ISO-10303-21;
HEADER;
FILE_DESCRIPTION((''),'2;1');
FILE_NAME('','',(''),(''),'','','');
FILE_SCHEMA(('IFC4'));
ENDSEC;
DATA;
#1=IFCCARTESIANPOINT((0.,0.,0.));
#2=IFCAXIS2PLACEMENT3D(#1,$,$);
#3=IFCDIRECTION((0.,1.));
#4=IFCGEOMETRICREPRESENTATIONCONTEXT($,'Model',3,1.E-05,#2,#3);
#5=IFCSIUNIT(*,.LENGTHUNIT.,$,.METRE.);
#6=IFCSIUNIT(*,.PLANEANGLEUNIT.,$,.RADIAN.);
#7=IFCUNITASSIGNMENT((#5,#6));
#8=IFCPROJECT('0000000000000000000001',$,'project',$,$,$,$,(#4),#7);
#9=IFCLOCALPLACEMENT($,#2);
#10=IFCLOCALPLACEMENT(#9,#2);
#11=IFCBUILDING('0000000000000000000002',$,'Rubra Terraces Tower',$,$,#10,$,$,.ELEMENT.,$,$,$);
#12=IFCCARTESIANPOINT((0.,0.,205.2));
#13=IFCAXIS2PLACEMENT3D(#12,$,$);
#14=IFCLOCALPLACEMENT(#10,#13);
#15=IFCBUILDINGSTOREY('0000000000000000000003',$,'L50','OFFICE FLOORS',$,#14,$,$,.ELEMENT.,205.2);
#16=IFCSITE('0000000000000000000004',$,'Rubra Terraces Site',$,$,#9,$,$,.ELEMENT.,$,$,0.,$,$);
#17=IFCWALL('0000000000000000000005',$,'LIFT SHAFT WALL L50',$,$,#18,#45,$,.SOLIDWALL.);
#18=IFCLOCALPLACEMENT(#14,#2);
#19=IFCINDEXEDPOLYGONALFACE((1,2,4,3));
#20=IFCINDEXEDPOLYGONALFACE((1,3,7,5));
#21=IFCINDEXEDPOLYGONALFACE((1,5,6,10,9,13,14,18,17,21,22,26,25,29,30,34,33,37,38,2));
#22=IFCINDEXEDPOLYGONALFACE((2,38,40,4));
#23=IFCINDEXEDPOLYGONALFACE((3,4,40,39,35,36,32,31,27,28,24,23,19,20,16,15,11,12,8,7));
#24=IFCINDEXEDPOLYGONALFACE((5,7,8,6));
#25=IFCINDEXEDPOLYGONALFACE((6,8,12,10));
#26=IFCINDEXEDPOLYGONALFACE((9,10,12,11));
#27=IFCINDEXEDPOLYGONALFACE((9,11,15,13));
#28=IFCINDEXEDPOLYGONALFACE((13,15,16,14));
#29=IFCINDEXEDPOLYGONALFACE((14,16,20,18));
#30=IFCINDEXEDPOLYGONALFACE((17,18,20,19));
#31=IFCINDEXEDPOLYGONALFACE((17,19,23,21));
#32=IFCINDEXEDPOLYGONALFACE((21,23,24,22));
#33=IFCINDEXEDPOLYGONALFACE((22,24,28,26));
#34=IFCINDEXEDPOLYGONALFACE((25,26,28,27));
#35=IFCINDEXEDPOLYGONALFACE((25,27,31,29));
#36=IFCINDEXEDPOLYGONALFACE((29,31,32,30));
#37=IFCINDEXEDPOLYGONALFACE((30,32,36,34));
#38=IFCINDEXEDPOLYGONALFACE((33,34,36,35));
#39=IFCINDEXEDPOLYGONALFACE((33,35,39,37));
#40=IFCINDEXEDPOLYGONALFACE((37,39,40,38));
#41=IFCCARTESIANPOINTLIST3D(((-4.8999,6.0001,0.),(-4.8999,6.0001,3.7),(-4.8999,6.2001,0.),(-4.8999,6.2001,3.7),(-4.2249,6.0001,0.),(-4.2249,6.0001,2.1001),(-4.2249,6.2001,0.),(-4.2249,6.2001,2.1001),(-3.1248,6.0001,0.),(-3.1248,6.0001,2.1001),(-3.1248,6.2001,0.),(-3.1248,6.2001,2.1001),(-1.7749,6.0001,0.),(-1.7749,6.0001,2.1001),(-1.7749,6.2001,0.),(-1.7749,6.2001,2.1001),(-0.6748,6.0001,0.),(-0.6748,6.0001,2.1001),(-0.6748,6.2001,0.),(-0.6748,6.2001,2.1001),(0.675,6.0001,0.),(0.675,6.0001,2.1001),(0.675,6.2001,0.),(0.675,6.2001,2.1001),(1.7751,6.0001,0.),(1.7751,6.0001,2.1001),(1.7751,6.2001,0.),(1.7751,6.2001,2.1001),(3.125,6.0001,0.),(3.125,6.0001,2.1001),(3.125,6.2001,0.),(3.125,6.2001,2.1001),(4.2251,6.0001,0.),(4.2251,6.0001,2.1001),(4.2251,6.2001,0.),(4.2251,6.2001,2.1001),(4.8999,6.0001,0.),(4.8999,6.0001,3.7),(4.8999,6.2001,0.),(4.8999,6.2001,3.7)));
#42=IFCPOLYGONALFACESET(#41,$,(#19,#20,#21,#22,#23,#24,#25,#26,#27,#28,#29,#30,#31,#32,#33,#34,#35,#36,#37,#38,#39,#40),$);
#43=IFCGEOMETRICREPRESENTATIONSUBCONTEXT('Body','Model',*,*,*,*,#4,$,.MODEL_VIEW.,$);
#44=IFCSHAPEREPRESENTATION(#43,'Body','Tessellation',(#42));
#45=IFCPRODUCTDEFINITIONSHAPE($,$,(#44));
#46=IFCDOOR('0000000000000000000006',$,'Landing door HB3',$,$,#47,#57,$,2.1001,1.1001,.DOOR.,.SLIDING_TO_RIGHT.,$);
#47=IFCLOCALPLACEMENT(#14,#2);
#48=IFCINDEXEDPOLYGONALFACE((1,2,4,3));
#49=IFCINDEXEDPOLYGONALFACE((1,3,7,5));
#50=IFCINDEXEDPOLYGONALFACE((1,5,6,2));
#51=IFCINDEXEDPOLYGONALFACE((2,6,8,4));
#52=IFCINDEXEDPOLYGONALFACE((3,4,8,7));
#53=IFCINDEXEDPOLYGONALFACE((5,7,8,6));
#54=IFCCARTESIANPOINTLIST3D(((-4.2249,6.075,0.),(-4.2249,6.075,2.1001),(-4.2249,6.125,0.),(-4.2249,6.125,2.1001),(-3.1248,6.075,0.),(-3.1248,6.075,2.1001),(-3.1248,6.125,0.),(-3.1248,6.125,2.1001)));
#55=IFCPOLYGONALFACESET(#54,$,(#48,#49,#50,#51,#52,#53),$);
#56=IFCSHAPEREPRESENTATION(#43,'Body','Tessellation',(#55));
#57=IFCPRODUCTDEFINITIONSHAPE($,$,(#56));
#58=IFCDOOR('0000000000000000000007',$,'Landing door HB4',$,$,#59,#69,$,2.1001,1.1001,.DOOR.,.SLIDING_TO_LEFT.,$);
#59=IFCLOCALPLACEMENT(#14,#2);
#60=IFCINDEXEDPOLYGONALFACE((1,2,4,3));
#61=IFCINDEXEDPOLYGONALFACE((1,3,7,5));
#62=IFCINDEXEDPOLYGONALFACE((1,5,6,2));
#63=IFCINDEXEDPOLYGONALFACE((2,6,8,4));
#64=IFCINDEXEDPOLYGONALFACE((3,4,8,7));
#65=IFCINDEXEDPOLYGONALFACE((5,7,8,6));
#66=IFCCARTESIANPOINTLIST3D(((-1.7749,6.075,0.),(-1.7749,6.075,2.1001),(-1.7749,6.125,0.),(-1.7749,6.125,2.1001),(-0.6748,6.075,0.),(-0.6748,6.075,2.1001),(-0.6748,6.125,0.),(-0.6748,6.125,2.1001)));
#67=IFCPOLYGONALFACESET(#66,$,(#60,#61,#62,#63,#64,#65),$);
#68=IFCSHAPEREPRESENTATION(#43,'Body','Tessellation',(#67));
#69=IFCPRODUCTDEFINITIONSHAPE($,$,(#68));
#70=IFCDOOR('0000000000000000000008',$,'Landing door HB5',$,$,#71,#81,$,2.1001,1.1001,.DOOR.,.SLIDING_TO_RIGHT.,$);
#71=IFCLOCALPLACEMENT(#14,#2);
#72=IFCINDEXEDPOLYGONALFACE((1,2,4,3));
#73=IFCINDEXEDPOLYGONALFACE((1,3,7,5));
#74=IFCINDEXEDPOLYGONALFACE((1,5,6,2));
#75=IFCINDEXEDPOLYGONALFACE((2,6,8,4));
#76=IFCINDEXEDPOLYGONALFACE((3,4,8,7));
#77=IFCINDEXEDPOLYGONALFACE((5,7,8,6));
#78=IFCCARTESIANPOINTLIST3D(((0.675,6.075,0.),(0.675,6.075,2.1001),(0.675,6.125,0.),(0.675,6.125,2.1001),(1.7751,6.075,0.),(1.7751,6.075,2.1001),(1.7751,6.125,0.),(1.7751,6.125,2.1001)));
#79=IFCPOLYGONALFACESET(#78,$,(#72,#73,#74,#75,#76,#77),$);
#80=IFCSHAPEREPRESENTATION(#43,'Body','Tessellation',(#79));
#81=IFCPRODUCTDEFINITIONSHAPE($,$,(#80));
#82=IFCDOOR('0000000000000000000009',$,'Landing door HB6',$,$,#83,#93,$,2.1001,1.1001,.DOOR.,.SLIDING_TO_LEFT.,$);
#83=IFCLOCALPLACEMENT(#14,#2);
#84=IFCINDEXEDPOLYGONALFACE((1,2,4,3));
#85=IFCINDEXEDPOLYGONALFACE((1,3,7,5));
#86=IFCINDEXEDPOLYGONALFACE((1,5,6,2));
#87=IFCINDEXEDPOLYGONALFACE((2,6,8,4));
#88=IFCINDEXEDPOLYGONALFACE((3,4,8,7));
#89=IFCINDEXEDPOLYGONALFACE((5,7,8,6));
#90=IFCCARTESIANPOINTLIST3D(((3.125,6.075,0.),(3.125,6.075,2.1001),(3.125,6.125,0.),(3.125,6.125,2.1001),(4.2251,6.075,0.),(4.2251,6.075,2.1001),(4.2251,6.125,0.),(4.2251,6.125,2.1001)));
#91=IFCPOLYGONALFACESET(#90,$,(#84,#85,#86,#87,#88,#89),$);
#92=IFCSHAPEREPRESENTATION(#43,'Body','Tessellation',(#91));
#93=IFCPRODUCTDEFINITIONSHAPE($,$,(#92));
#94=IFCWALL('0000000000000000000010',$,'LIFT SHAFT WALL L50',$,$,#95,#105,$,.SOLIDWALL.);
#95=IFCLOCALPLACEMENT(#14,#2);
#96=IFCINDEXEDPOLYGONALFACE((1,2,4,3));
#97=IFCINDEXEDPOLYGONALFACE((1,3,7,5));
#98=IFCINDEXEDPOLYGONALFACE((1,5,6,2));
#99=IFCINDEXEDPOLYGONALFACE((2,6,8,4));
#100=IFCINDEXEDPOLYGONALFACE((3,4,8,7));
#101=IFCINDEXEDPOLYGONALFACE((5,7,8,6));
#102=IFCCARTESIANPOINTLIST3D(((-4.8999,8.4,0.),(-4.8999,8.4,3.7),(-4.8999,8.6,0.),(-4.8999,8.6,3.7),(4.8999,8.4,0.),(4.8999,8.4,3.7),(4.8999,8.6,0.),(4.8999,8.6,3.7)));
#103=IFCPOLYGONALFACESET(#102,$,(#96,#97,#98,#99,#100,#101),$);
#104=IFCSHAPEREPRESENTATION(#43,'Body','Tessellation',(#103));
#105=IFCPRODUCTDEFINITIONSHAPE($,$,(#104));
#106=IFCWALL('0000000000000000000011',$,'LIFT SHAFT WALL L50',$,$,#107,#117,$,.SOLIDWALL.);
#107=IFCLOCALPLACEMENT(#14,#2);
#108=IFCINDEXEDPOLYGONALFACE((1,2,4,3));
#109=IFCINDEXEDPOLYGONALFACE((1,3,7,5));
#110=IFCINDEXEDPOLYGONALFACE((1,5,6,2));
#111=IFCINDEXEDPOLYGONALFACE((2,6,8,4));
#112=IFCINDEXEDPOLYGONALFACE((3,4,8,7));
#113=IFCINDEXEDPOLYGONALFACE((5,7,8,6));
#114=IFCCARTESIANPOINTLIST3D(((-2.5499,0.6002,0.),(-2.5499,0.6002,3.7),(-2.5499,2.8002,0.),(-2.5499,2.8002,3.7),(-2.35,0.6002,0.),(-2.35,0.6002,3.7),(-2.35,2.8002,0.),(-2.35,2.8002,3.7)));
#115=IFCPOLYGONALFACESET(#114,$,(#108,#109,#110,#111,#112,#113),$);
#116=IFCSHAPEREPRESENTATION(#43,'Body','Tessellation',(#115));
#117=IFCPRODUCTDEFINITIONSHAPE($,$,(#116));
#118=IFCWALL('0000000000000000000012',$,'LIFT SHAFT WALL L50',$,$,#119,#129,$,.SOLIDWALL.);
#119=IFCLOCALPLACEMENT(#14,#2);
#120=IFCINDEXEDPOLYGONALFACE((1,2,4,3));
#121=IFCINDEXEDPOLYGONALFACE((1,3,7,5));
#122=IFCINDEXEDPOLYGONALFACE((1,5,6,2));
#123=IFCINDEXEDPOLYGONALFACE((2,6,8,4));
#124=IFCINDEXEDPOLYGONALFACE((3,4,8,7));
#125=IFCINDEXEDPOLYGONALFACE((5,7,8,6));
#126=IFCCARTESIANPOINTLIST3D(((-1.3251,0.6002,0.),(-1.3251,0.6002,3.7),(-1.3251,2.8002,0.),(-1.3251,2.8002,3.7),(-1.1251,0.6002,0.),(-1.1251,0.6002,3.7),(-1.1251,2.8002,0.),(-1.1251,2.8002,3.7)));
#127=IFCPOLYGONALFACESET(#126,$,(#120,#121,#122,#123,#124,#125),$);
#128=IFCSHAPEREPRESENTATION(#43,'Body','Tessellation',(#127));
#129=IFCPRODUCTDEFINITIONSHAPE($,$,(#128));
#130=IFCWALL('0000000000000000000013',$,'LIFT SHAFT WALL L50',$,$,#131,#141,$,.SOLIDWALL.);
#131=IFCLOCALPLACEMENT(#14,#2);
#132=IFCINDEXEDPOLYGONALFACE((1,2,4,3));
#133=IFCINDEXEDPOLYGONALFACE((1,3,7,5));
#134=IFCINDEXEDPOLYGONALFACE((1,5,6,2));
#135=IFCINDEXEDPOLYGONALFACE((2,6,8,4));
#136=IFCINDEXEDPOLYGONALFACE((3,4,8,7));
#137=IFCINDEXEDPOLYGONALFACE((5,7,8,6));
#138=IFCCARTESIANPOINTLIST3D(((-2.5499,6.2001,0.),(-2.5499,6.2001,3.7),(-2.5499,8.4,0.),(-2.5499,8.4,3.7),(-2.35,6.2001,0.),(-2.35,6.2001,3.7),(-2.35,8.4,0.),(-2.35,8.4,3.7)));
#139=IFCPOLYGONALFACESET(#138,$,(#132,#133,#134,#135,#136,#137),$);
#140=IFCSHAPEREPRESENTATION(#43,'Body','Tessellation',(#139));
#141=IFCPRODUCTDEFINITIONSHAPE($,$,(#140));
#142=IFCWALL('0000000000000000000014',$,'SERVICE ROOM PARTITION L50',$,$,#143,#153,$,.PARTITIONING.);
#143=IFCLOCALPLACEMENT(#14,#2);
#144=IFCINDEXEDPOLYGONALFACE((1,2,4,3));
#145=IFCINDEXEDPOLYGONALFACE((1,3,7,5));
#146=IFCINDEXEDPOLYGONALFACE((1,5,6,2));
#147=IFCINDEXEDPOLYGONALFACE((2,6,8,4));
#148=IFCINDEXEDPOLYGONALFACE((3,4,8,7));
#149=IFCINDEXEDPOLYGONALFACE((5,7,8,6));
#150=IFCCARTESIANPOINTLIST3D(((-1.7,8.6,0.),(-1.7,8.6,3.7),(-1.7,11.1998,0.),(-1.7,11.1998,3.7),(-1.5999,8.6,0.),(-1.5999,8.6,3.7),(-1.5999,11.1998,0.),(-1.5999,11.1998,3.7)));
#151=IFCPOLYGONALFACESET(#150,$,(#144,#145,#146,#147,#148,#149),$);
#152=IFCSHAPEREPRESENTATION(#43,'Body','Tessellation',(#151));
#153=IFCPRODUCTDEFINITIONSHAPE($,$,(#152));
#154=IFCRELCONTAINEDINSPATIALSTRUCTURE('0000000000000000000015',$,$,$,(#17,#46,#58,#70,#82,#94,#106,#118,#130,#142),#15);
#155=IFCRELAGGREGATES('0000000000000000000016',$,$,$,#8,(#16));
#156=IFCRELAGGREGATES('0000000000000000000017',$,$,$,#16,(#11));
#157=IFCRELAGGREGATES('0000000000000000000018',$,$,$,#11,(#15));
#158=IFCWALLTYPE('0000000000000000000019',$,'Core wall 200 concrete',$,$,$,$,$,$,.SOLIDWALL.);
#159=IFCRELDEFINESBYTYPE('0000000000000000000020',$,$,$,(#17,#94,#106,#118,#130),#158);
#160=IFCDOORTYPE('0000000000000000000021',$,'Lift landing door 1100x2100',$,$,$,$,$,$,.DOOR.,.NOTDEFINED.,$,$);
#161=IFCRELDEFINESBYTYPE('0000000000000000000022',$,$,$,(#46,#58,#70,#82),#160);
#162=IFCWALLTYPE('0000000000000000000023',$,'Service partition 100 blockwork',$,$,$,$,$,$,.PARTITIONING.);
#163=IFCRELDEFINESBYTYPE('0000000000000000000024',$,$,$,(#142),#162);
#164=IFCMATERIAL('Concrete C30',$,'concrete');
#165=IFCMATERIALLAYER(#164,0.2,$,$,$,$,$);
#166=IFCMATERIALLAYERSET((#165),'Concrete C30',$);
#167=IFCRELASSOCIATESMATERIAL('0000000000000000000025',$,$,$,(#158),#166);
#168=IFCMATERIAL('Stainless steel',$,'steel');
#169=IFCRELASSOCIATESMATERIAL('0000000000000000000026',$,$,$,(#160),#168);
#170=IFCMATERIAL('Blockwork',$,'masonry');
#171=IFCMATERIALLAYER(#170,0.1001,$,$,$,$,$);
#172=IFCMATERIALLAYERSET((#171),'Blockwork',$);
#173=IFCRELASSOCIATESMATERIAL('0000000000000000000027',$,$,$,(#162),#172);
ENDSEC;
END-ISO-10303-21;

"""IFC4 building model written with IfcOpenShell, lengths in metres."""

from ifc_helpers import new_model, si_unit, direction, frame, frame_2d, origin, place, context, subcontext, project, spatial, rectangle, extrude, material, layer, layer_set, type_object, element, fill, save


model = new_model("IFC4")

# Units and contexts
model_context = context("Model", 3, precision=1e-05, world=origin(), true_north=direction((0.0, 1.0)))
body_context = subcontext(model_context, "Body", "Model", "MODEL_VIEW")
ifc_project = project(units=[si_unit("LENGTHUNIT", "METRE"), si_unit("PLANEANGLEUNIT", "RADIAN")], contexts=[model_context])

# Site, building, storey
site_placement = place(None, origin())
site = spatial("IfcSite", under=ifc_project, at=site_placement, Name="Rubra Terraces Site", CompositionType="ELEMENT", RefElevation=0.0)
building_placement = place(site_placement, origin())
building = spatial("IfcBuilding", under=site, at=building_placement, Name="Rubra Terraces Tower", CompositionType="ELEMENT")
storey_placement = place(building_placement, frame((0.0, 0.0, 205.2)))
storey = spatial("IfcBuildingStorey", under=building, at=storey_placement, Name="L50", Description="OFFICE FLOORS", CompositionType="ELEMENT", Elevation=205.2)

# Shared definitions
ifc_material_1 = material(Name="Concrete C30", Category="concrete")
ifc_layer_1 = layer(ifc_material_1, 0.2)
ifc_layer_set_1 = layer_set([ifc_layer_1], Name="Concrete C30")
wall_type_1 = type_object("IfcWallType", Name="Core wall 200 concrete", PredefinedType="SOLIDWALL", material=ifc_layer_set_1)

# Wall, openings, doors
ifc_material_2 = material(Name="Stainless steel", Category="steel")
door_type_1 = type_object("IfcDoorType", Name="Lift landing door 1100x2100", OperationType="NOTDEFINED", PredefinedType="DOOR", material=ifc_material_2)
wall_1_placement = place(storey_placement, frame((-4.8999, 6.1001, 0.0), z_axis=(0.0, 0.0, 1.0), x_axis=(1.0, 0.0, 0.0)))
wall_1 = element("IfcWall", 1, at=wall_1_placement, inside=storey, type_object=wall_type_1, Name="LIFT SHAFT WALL L50", PredefinedType="SOLIDWALL", context=body_context, shape_type="SweptSolid", body=[
    extrude(rectangle(XDim=9.7998, YDim=0.2, at=frame_2d((4.8999, 0.0))), origin(), (0.0, 0.0, 1.0), 3.7),
])
opening_1_placement = place(wall_1_placement, frame((0.675, 0.0, 0.0)))
opening_1 = element("IfcOpeningElement", 2, at=opening_1_placement, cuts=wall_1, PredefinedType="OPENING", context=body_context, shape_type="SweptSolid", body=[
    extrude(rectangle(XDim=1.1001, YDim=2.1001, at=frame_2d((0.55, 1.05))), frame((0.0, 0.1099, 0.0), z_axis=(0.0, -1.0, 0.0), x_axis=(1.0, 0.0, 0.0)), (0.0, 0.0, 1.0), 0.22),
])
opening_2_placement = place(wall_1_placement, frame((3.125, 0.0, 0.0)))
opening_2 = element("IfcOpeningElement", 3, at=opening_2_placement, cuts=wall_1, PredefinedType="OPENING", context=body_context, shape_type="SweptSolid", body=[
    extrude(rectangle(XDim=1.1001, YDim=2.1001, at=frame_2d((0.55, 1.05))), frame((0.0, 0.1099, 0.0), z_axis=(0.0, -1.0, 0.0), x_axis=(1.0, 0.0, 0.0)), (0.0, 0.0, 1.0), 0.22),
])
opening_3_placement = place(wall_1_placement, frame((5.575, 0.0, 0.0)))
opening_3 = element("IfcOpeningElement", 4, at=opening_3_placement, cuts=wall_1, PredefinedType="OPENING", context=body_context, shape_type="SweptSolid", body=[
    extrude(rectangle(XDim=1.1001, YDim=2.1001, at=frame_2d((0.55, 1.05))), frame((0.0, 0.1099, 0.0), z_axis=(0.0, -1.0, 0.0), x_axis=(1.0, 0.0, 0.0)), (0.0, 0.0, 1.0), 0.22),
])
opening_4_placement = place(wall_1_placement, frame((8.0249, 0.0, 0.0)))
opening_4 = element("IfcOpeningElement", 5, at=opening_4_placement, cuts=wall_1, PredefinedType="OPENING", context=body_context, shape_type="SweptSolid", body=[
    extrude(rectangle(XDim=1.1001, YDim=2.1001, at=frame_2d((0.55, 1.05))), frame((0.0, 0.1099, 0.0), z_axis=(0.0, -1.0, 0.0), x_axis=(1.0, 0.0, 0.0)), (0.0, 0.0, 1.0), 0.22),
])
door_1_placement = place(opening_1_placement, origin())
door_1 = element("IfcDoor", 6, at=door_1_placement, inside=storey, type_object=door_type_1, Name="Landing door HB3", OperationType="SLIDING_TO_RIGHT", OverallHeight=2.1001, OverallWidth=1.1001, PredefinedType="DOOR", context=body_context, shape_type="SweptSolid", body=[
    extrude(rectangle(XDim=1.1001, YDim=2.1001, at=frame_2d((0.55, 1.05))), frame((0.0, 0.0249, 0.0), z_axis=(0.0, -1.0, 0.0), x_axis=(1.0, 0.0, 0.0)), (0.0, 0.0, 1.0), 0.05),
])
fill(opening_1, door_1)
door_2_placement = place(opening_2_placement, origin())
door_2 = element("IfcDoor", 7, at=door_2_placement, inside=storey, type_object=door_type_1, Name="Landing door HB4", OperationType="SLIDING_TO_LEFT", OverallHeight=2.1001, OverallWidth=1.1001, PredefinedType="DOOR", context=body_context, shape_type="SweptSolid", body=[
    extrude(rectangle(XDim=1.1001, YDim=2.1001, at=frame_2d((0.55, 1.05))), frame((0.0, 0.0249, 0.0), z_axis=(0.0, -1.0, 0.0), x_axis=(1.0, 0.0, 0.0)), (0.0, 0.0, 1.0), 0.05),
])
fill(opening_2, door_2)
door_3_placement = place(opening_3_placement, origin())
door_3 = element("IfcDoor", 8, at=door_3_placement, inside=storey, type_object=door_type_1, Name="Landing door HB5", OperationType="SLIDING_TO_RIGHT", OverallHeight=2.1001, OverallWidth=1.1001, PredefinedType="DOOR", context=body_context, shape_type="SweptSolid", body=[
    extrude(rectangle(XDim=1.1001, YDim=2.1001, at=frame_2d((0.55, 1.05))), frame((0.0, 0.0249, 0.0), z_axis=(0.0, -1.0, 0.0), x_axis=(1.0, 0.0, 0.0)), (0.0, 0.0, 1.0), 0.05),
])
fill(opening_3, door_3)
door_4_placement = place(opening_4_placement, origin())
door_4 = element("IfcDoor", 9, at=door_4_placement, inside=storey, type_object=door_type_1, Name="Landing door HB6", OperationType="SLIDING_TO_LEFT", OverallHeight=2.1001, OverallWidth=1.1001, PredefinedType="DOOR", context=body_context, shape_type="SweptSolid", body=[
    extrude(rectangle(XDim=1.1001, YDim=2.1001, at=frame_2d((0.55, 1.05))), frame((0.0, 0.0249, 0.0), z_axis=(0.0, -1.0, 0.0), x_axis=(1.0, 0.0, 0.0)), (0.0, 0.0, 1.0), 0.05),
])
fill(opening_4, door_4)

# Walls
wall_2_placement = place(storey_placement, frame((-4.8999, 8.5, 0.0), z_axis=(0.0, 0.0, 1.0), x_axis=(1.0, 0.0, 0.0)))
element("IfcWall", 10, at=wall_2_placement, inside=storey, type_object=wall_type_1, Name="LIFT SHAFT WALL L50", PredefinedType="SOLIDWALL", context=body_context, shape_type="SweptSolid", body=[
    extrude(rectangle(XDim=9.7998, YDim=0.2, at=frame_2d((4.8999, 0.0))), origin(), (0.0, 0.0, 1.0), 3.7),
])
for number, where, z_axis, x_axis, name in (
    (11, (-2.45, 0.6001, 0.0), (0.0, 0.0, 1.0), (0.0, 1.0, 0.0), "LIFT SHAFT WALL L50"),
    (12, (-1.2251, 0.6001, 0.0), (0.0, 0.0, 1.0), (0.0, 1.0, 0.0), "LIFT SHAFT WALL L50"),
    (13, (-2.45, 6.2, 0.0), (0.0, 0.0, 1.0), (0.0, 1.0, 0.0), "LIFT SHAFT WALL L50"),
):
    element("IfcWall", number, at=place(storey_placement, frame(where, z_axis=z_axis, x_axis=x_axis)), inside=storey, type_object=wall_type_1, Name=name, PredefinedType="SOLIDWALL", context=body_context, shape_type="SweptSolid", body=[
        extrude(rectangle(XDim=2.2, YDim=0.2, at=frame_2d((1.1001, 0.0))), origin(), (0.0, 0.0, 1.0), 3.7),
    ])
ifc_material_3 = material(Name="Blockwork", Category="masonry")
ifc_layer_2 = layer(ifc_material_3, 0.1001)
ifc_layer_set_2 = layer_set([ifc_layer_2], Name="Blockwork")
wall_type_2 = type_object("IfcWallType", Name="Service partition 100 blockwork", PredefinedType="PARTITIONING", material=ifc_layer_set_2)
wall_3_placement = place(storey_placement, frame((-1.6499, 8.6001, 0.0), z_axis=(0.0, 0.0, 1.0), x_axis=(0.0, 1.0, 0.0)))
element("IfcWall", 14, at=wall_3_placement, inside=storey, type_object=wall_type_2, Name="SERVICE ROOM PARTITION L50", PredefinedType="PARTITIONING", context=body_context, shape_type="SweptSolid", body=[
    extrude(rectangle(XDim=2.5999, YDim=0.1001, at=frame_2d((1.2998, 0.0))), origin(), (0.0, 0.0, 1.0), 3.7),
])

save(model, "model.ifc")
